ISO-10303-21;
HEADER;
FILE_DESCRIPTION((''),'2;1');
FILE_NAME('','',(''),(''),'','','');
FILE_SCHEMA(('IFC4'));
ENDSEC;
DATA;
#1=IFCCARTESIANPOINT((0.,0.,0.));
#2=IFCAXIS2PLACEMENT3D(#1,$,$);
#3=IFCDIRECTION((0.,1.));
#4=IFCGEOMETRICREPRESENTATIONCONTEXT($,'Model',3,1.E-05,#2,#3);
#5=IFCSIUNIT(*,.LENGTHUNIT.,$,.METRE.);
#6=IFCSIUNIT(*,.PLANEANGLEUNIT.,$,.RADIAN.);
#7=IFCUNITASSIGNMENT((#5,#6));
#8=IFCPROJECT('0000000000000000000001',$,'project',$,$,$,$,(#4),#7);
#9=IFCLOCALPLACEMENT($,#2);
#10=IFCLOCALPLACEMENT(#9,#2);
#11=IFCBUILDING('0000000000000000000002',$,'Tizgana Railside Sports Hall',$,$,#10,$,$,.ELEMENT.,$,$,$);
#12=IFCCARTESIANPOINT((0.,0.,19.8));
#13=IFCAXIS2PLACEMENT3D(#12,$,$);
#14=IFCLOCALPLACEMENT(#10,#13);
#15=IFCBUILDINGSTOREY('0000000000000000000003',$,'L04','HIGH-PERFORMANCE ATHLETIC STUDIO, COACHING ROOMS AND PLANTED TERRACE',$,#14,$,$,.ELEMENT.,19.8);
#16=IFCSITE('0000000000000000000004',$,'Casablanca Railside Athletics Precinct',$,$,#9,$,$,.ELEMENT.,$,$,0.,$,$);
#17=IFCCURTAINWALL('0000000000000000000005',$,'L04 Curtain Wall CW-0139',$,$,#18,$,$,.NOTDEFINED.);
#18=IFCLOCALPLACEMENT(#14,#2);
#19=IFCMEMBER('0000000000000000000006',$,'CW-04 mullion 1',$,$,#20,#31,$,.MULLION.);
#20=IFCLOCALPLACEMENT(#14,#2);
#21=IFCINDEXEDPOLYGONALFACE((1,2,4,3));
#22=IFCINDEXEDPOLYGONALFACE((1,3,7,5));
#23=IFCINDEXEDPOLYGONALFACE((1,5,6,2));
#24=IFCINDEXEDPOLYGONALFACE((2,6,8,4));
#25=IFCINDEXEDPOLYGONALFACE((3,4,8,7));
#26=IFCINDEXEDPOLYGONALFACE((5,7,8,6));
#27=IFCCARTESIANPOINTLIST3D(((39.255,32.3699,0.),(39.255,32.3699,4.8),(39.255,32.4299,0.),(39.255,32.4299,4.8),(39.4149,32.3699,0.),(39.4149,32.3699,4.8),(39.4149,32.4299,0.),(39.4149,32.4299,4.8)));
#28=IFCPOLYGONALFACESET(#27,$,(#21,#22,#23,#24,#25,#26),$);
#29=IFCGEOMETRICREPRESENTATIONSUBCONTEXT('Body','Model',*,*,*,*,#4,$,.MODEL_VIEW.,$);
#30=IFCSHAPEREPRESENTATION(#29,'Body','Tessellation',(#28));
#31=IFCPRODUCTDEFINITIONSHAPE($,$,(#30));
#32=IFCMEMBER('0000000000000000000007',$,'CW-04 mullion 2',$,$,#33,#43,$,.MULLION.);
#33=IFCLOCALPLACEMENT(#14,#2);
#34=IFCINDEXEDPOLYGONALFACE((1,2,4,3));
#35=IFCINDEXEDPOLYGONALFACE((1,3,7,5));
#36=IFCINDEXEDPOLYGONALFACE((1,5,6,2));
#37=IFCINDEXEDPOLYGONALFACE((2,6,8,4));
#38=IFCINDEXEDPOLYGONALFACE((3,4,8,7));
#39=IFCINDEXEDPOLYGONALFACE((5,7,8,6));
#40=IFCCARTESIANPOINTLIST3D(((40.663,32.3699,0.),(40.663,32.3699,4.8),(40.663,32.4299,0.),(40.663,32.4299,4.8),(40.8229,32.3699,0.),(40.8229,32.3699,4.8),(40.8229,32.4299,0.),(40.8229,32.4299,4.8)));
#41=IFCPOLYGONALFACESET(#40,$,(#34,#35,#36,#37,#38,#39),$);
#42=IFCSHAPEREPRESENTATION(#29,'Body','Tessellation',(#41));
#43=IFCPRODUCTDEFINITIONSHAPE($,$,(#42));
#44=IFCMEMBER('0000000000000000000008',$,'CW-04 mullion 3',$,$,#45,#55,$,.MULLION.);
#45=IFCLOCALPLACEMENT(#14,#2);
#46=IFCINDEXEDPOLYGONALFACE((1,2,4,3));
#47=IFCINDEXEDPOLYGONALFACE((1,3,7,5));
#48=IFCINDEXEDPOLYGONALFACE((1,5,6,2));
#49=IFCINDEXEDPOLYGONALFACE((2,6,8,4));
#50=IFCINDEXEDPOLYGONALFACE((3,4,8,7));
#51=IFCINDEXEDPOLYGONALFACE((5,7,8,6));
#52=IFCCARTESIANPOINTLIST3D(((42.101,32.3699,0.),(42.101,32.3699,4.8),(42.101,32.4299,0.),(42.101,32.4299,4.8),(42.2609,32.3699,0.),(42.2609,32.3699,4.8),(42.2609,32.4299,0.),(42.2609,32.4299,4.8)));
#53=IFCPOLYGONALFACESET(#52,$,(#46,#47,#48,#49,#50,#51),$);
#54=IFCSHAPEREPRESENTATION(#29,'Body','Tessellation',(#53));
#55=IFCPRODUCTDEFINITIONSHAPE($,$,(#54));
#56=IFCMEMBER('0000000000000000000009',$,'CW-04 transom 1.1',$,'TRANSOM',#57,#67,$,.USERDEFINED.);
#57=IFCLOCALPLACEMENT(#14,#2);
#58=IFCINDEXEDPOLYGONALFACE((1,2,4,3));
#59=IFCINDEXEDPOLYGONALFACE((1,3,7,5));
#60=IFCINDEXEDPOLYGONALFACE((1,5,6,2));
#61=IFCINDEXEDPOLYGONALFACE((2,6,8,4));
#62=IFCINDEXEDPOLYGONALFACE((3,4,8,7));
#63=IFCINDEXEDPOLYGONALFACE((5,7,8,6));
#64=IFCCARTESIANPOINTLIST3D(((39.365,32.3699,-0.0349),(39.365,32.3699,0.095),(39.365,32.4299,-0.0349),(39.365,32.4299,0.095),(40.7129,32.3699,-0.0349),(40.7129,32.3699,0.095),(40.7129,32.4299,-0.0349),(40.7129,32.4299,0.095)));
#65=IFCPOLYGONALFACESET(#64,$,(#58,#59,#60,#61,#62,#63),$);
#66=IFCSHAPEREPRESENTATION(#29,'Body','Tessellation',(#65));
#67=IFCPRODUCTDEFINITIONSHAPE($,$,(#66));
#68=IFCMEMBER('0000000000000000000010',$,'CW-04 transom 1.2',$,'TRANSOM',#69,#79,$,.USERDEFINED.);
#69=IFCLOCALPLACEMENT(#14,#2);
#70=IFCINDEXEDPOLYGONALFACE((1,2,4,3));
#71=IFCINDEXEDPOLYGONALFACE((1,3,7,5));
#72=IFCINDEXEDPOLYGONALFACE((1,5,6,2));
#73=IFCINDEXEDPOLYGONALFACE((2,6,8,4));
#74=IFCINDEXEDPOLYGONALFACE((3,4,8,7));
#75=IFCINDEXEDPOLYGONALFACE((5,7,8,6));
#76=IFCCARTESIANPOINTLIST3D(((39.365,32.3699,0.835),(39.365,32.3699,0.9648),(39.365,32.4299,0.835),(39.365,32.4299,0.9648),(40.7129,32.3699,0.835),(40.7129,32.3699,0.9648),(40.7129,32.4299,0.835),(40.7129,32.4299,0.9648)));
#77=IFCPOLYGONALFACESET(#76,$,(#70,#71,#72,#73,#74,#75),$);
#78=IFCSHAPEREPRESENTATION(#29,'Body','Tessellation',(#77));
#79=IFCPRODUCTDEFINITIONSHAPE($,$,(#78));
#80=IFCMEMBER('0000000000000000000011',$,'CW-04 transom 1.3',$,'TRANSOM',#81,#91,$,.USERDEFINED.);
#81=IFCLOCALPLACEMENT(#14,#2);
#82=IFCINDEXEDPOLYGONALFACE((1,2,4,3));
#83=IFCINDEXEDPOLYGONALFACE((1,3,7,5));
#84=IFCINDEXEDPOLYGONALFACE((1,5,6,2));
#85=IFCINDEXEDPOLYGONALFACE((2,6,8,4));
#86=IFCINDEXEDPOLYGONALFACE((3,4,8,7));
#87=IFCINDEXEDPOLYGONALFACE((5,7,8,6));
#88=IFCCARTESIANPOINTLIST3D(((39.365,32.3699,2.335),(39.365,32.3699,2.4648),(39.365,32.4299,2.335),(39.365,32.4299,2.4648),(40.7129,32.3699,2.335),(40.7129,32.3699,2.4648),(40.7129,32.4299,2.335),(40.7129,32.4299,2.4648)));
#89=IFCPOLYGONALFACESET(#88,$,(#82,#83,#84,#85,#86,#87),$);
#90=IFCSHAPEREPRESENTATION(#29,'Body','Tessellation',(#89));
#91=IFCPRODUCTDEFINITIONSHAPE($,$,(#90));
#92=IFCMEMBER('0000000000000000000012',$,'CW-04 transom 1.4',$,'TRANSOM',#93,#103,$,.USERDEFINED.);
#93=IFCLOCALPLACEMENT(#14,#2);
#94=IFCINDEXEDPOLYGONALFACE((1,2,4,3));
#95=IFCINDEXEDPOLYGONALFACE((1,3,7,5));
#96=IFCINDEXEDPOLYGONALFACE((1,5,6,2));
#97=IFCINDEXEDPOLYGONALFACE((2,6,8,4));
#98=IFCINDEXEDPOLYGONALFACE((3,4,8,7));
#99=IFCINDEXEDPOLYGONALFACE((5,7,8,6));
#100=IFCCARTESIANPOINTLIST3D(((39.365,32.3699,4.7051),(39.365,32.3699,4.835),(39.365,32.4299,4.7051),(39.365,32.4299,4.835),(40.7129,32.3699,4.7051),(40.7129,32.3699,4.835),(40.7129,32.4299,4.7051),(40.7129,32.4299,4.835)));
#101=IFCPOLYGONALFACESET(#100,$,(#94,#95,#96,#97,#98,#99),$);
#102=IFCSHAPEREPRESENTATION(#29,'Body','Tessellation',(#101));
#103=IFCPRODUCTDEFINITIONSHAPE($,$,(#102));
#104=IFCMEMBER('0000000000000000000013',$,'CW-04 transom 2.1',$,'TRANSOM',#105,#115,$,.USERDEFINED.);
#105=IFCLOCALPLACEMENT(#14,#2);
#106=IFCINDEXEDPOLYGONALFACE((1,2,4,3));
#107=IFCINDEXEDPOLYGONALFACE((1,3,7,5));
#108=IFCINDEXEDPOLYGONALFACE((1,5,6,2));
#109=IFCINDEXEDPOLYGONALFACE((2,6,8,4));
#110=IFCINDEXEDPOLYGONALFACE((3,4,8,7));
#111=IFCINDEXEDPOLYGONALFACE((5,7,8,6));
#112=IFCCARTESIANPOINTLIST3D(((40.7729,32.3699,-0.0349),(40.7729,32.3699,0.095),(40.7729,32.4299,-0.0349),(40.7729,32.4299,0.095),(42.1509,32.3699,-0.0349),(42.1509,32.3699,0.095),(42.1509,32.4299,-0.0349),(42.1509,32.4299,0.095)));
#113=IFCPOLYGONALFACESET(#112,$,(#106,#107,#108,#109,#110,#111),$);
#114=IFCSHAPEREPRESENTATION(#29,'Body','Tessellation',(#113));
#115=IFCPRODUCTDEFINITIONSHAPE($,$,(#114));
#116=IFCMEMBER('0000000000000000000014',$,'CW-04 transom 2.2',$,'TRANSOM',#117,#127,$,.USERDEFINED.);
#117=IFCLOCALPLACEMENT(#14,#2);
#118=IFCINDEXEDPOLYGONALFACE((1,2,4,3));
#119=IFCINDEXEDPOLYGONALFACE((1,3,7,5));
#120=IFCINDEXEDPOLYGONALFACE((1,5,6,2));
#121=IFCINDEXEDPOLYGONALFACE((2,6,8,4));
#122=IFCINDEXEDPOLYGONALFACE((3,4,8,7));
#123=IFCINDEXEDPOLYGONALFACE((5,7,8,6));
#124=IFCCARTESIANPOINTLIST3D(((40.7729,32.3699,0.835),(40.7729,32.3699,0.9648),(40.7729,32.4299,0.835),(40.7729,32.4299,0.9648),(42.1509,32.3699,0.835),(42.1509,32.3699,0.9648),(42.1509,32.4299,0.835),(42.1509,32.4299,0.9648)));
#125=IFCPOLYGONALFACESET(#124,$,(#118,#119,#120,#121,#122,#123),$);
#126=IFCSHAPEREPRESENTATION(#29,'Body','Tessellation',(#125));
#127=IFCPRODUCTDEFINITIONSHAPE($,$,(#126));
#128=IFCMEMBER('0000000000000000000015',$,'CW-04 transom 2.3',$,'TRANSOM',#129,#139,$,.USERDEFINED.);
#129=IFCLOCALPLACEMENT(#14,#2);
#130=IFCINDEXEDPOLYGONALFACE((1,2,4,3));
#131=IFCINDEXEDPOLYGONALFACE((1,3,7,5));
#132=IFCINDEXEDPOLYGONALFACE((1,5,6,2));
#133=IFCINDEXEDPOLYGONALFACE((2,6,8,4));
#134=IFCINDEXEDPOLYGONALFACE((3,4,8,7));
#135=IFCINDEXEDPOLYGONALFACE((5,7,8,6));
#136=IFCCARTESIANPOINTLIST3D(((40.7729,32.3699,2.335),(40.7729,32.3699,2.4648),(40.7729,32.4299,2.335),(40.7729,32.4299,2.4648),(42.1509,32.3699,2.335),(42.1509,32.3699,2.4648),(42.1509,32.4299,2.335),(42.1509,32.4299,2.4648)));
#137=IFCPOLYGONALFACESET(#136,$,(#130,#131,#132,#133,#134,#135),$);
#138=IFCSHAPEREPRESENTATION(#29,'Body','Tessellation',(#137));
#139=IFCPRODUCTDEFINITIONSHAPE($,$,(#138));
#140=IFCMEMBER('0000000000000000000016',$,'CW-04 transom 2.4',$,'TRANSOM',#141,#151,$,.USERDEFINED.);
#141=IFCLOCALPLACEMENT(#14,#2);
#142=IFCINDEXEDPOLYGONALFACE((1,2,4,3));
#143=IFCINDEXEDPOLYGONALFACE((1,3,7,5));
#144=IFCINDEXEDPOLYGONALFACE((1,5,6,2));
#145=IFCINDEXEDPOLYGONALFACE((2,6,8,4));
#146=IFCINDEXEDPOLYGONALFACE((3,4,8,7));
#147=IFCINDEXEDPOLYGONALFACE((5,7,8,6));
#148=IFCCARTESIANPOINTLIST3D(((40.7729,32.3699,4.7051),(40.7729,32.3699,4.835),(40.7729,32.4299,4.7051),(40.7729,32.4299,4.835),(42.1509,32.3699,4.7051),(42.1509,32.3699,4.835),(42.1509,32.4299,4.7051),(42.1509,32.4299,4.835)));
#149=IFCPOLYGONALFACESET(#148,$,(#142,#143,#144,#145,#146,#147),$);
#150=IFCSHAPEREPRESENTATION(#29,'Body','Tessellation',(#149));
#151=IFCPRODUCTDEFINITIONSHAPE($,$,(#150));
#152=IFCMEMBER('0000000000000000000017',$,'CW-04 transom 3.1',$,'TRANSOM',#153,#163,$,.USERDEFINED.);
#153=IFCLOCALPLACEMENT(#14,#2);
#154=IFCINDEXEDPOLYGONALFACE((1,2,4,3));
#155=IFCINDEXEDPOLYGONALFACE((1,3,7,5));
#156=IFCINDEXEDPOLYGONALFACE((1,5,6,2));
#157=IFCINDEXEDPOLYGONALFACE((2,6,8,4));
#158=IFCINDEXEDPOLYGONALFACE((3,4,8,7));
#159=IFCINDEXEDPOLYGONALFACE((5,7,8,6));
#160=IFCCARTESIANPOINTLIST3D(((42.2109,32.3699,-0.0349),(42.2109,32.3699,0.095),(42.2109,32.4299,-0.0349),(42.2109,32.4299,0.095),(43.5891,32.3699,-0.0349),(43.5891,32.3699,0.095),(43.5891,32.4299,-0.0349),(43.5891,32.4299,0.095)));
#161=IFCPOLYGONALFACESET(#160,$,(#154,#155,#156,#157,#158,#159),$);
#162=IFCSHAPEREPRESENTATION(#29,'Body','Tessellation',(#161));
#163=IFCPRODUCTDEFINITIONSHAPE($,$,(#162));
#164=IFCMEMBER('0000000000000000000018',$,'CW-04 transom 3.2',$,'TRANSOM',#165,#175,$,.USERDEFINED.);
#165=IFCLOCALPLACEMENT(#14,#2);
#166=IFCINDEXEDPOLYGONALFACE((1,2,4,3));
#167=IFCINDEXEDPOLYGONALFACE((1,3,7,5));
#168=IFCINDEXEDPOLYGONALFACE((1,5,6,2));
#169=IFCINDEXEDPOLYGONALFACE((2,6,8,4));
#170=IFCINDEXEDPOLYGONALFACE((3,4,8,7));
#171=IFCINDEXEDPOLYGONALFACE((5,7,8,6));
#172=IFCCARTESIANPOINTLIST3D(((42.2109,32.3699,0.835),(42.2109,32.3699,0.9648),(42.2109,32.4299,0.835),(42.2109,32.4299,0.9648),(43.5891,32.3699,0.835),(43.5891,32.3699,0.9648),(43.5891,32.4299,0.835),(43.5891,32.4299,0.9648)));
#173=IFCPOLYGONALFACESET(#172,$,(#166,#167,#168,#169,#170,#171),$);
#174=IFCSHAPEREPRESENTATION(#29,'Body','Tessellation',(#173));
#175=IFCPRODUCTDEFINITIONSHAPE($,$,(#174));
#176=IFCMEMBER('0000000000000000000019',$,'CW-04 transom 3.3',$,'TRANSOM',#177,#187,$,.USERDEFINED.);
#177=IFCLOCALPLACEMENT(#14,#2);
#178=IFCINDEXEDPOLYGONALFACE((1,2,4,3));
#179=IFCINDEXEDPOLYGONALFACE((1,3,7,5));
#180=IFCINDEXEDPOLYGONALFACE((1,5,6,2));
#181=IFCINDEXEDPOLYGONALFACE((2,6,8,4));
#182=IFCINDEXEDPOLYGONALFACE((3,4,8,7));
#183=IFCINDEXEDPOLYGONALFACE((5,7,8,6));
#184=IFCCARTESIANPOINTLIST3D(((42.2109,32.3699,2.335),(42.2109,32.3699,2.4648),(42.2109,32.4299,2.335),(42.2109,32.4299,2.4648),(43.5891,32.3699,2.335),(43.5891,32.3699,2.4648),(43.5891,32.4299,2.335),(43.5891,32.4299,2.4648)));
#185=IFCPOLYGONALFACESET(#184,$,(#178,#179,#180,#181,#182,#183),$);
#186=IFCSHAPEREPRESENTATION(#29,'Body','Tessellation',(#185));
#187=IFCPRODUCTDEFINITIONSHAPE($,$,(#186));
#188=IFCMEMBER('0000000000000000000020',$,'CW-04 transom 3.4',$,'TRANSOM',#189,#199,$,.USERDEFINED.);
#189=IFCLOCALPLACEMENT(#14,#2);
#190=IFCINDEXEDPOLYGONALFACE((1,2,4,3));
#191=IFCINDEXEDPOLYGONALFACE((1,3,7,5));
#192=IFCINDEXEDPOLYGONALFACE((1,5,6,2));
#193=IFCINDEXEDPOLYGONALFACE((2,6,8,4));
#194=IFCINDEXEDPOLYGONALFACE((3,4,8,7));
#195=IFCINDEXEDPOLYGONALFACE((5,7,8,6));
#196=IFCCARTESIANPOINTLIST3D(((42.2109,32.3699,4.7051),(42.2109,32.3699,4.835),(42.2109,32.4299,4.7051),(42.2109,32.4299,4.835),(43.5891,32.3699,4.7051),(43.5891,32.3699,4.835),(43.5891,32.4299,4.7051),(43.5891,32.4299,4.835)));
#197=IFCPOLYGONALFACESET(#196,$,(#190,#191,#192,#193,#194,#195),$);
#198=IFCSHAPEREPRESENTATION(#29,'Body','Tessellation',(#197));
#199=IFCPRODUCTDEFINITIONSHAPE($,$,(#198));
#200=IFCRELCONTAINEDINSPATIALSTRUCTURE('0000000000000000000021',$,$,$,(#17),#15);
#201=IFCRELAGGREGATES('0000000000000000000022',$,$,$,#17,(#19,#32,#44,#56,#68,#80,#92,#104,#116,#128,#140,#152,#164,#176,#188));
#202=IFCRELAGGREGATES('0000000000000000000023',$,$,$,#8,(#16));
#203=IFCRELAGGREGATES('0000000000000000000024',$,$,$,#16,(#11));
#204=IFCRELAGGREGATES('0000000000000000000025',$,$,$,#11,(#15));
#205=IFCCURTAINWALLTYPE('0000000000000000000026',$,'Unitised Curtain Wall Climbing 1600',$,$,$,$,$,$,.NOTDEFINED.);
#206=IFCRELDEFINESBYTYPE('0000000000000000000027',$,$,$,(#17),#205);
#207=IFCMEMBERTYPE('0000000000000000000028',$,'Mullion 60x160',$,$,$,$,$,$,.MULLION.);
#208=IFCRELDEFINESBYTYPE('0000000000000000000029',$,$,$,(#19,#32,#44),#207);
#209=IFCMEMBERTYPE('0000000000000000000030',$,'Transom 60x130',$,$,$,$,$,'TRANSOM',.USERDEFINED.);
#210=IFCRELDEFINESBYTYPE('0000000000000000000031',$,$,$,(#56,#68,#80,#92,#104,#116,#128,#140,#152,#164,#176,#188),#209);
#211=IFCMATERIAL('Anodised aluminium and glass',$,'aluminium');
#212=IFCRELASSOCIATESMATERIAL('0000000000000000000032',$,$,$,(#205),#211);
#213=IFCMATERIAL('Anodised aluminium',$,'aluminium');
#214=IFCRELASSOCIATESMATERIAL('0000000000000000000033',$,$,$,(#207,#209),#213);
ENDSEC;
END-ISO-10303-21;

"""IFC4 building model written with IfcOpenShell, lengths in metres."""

from ifc_helpers import new_model, si_unit, direction, frame, origin, origin_2d, place, context, subcontext, project, spatial, rectangle, extrude, material, material_profile, profile_set, type_object, element, aggregate, save


model = new_model("IFC4")

# Units and contexts
model_context = context("Model", 3, precision=1e-05, world=origin(), true_north=direction((0.0, 1.0)))
body_context = subcontext(model_context, "Body", "Model", "MODEL_VIEW")
ifc_project = project(units=[si_unit("LENGTHUNIT", "METRE"), si_unit("PLANEANGLEUNIT", "RADIAN")], contexts=[model_context])

# Site, building, storey
site_placement = place(None, origin())
site = spatial("IfcSite", under=ifc_project, at=site_placement, Name="Casablanca Railside Athletics Precinct", CompositionType="ELEMENT", RefElevation=0.0)
building_placement = place(site_placement, origin())
building = spatial("IfcBuilding", under=site, at=building_placement, Name="Tizgana Railside Sports Hall", CompositionType="ELEMENT")
storey_placement = place(building_placement, frame((0.0, 0.0, 19.8)))
storey = spatial("IfcBuildingStorey", under=building, at=storey_placement, Name="L04", Description="HIGH-PERFORMANCE ATHLETIC STUDIO, COACHING ROOMS AND PLANTED TERRACE", CompositionType="ELEMENT", Elevation=19.8)

# Curtain wall, members
ifc_material_1 = material(Name="Anodised aluminium and glass", Category="aluminium")
curtain_wall_type = type_object("IfcCurtainWallType", Name="Unitised Curtain Wall Climbing 1600", PredefinedType="NOTDEFINED", material=ifc_material_1)
curtain_wall_placement = place(storey_placement, origin())
curtain_wall = element("IfcCurtainWall", 1, at=curtain_wall_placement, inside=storey, type_object=curtain_wall_type, Name="L04 Curtain Wall CW-0139", PredefinedType="NOTDEFINED")
ifc_material_2 = material(Name="Anodised aluminium", Category="aluminium")
ifc_material_profile_1 = material_profile(ifc_material_2, rectangle(XDim=0.0601, YDim=0.1599, at=origin_2d()), Name="Mullion 60x160")
ifc_profile_set_1 = profile_set([ifc_material_profile_1], Name="Anodised aluminium")
member_type_1 = type_object("IfcMemberType", Name="Mullion 60x160", PredefinedType="MULLION", material=ifc_profile_set_1)
member_1_placement = place(storey_placement, frame((39.335, 32.3999, 0.0), z_axis=(0.0, 0.0, 1.0), x_axis=(0.0, 1.0, 0.0)))
member_1 = element("IfcMember", 2, at=member_1_placement, type_object=member_type_1, Name="CW-04 mullion 1", PredefinedType="MULLION", context=body_context, shape_type="SweptSolid", body=[
    extrude(rectangle(XDim=0.0601, YDim=0.1599, at=origin_2d()), origin(), (0.0, 0.0, 1.0), 4.8),
])
member_2_placement = place(storey_placement, frame((40.7429, 32.3999, 0.0), z_axis=(0.0, 0.0, 1.0), x_axis=(0.0, 1.0, 0.0)))
member_2 = element("IfcMember", 3, at=member_2_placement, type_object=member_type_1, Name="CW-04 mullion 2", PredefinedType="MULLION", context=body_context, shape_type="SweptSolid", body=[
    extrude(rectangle(XDim=0.0601, YDim=0.1599, at=origin_2d()), origin(), (0.0, 0.0, 1.0), 4.8),
])
member_3_placement = place(storey_placement, frame((42.1809, 32.3999, 0.0), z_axis=(0.0, 0.0, 1.0), x_axis=(0.0, 1.0, 0.0)))
member_3 = element("IfcMember", 4, at=member_3_placement, type_object=member_type_1, Name="CW-04 mullion 3", PredefinedType="MULLION", context=body_context, shape_type="SweptSolid", body=[
    extrude(rectangle(XDim=0.0601, YDim=0.1599, at=origin_2d()), origin(), (0.0, 0.0, 1.0), 4.8),
])
ifc_material_profile_2 = material_profile(ifc_material_2, rectangle(XDim=0.0601, YDim=0.1299, at=origin_2d()), Name="Transom 60x130")
ifc_profile_set_2 = profile_set([ifc_material_profile_2], Name="Anodised aluminium")
member_type_2 = type_object("IfcMemberType", Name="Transom 60x130", ElementType="TRANSOM", PredefinedType="USERDEFINED", material=ifc_profile_set_2)
member_4_placement = place(storey_placement, frame((39.365, 32.3999, 0.03), z_axis=(1.0, 0.0, 0.0), x_axis=(0.0, 1.0, 0.0)))
member_4 = element("IfcMember", 5, at=member_4_placement, type_object=member_type_2, Name="CW-04 transom 1.1", ObjectType="TRANSOM", PredefinedType="USERDEFINED", context=body_context, shape_type="SweptSolid", body=[
    extrude(rectangle(XDim=0.0601, YDim=0.1299, at=origin_2d()), origin(), (0.0, 0.0, 1.0), 1.3479),
])
member_5_placement = place(storey_placement, frame((39.365, 32.3999, 0.8999), z_axis=(1.0, 0.0, 0.0), x_axis=(0.0, 1.0, 0.0)))
member_5 = element("IfcMember", 6, at=member_5_placement, type_object=member_type_2, Name="CW-04 transom 1.2", ObjectType="TRANSOM", PredefinedType="USERDEFINED", context=body_context, shape_type="SweptSolid", body=[
    extrude(rectangle(XDim=0.0601, YDim=0.1299, at=origin_2d()), origin(), (0.0, 0.0, 1.0), 1.3479),
])
member_6_placement = place(storey_placement, frame((39.365, 32.3999, 2.3999), z_axis=(1.0, 0.0, 0.0), x_axis=(0.0, 1.0, 0.0)))
member_6 = element("IfcMember", 7, at=member_6_placement, type_object=member_type_2, Name="CW-04 transom 1.3", ObjectType="TRANSOM", PredefinedType="USERDEFINED", context=body_context, shape_type="SweptSolid", body=[
    extrude(rectangle(XDim=0.0601, YDim=0.1299, at=origin_2d()), origin(), (0.0, 0.0, 1.0), 1.3479),
])
member_7_placement = place(storey_placement, frame((39.365, 32.3999, 4.77), z_axis=(1.0, 0.0, 0.0), x_axis=(0.0, 1.0, 0.0)))
member_7 = element("IfcMember", 8, at=member_7_placement, type_object=member_type_2, Name="CW-04 transom 1.4", ObjectType="TRANSOM", PredefinedType="USERDEFINED", context=body_context, shape_type="SweptSolid", body=[
    extrude(rectangle(XDim=0.0601, YDim=0.1299, at=origin_2d()), origin(), (0.0, 0.0, 1.0), 1.3479),
])
member_8_placement = place(storey_placement, frame((40.7729, 32.3999, 0.03), z_axis=(1.0, 0.0, 0.0), x_axis=(0.0, 1.0, 0.0)))
member_8 = element("IfcMember", 9, at=member_8_placement, type_object=member_type_2, Name="CW-04 transom 2.1", ObjectType="TRANSOM", PredefinedType="USERDEFINED", context=body_context, shape_type="SweptSolid", body=[
    extrude(rectangle(XDim=0.0601, YDim=0.1299, at=origin_2d()), origin(), (0.0, 0.0, 1.0), 1.3779),
])
member_9_placement = place(storey_placement, frame((40.7729, 32.3999, 0.8999), z_axis=(1.0, 0.0, 0.0), x_axis=(0.0, 1.0, 0.0)))
member_9 = element("IfcMember", 10, at=member_9_placement, type_object=member_type_2, Name="CW-04 transom 2.2", ObjectType="TRANSOM", PredefinedType="USERDEFINED", context=body_context, shape_type="SweptSolid", body=[
    extrude(rectangle(XDim=0.0601, YDim=0.1299, at=origin_2d()), origin(), (0.0, 0.0, 1.0), 1.3779),
])
member_10_placement = place(storey_placement, frame((40.7729, 32.3999, 2.3999), z_axis=(1.0, 0.0, 0.0), x_axis=(0.0, 1.0, 0.0)))
member_10 = element("IfcMember", 11, at=member_10_placement, type_object=member_type_2, Name="CW-04 transom 2.3", ObjectType="TRANSOM", PredefinedType="USERDEFINED", context=body_context, shape_type="SweptSolid", body=[
    extrude(rectangle(XDim=0.0601, YDim=0.1299, at=origin_2d()), origin(), (0.0, 0.0, 1.0), 1.3779),
])
member_11_placement = place(storey_placement, frame((40.7729, 32.3999, 4.77), z_axis=(1.0, 0.0, 0.0), x_axis=(0.0, 1.0, 0.0)))
member_11 = element("IfcMember", 12, at=member_11_placement, type_object=member_type_2, Name="CW-04 transom 2.4", ObjectType="TRANSOM", PredefinedType="USERDEFINED", context=body_context, shape_type="SweptSolid", body=[
    extrude(rectangle(XDim=0.0601, YDim=0.1299, at=origin_2d()), origin(), (0.0, 0.0, 1.0), 1.3779),
])
member_12_placement = place(storey_placement, frame((42.2109, 32.3999, 0.03), z_axis=(1.0, 0.0, 0.0), x_axis=(0.0, 1.0, 0.0)))
member_12 = element("IfcMember", 13, at=member_12_placement, type_object=member_type_2, Name="CW-04 transom 3.1", ObjectType="TRANSOM", PredefinedType="USERDEFINED", context=body_context, shape_type="SweptSolid", body=[
    extrude(rectangle(XDim=0.0601, YDim=0.1299, at=origin_2d()), origin(), (0.0, 0.0, 1.0), 1.3782),
])
member_13_placement = place(storey_placement, frame((42.2109, 32.3999, 0.8999), z_axis=(1.0, 0.0, 0.0), x_axis=(0.0, 1.0, 0.0)))
member_13 = element("IfcMember", 14, at=member_13_placement, type_object=member_type_2, Name="CW-04 transom 3.2", ObjectType="TRANSOM", PredefinedType="USERDEFINED", context=body_context, shape_type="SweptSolid", body=[
    extrude(rectangle(XDim=0.0601, YDim=0.1299, at=origin_2d()), origin(), (0.0, 0.0, 1.0), 1.3782),
])
member_14_placement = place(storey_placement, frame((42.2109, 32.3999, 2.3999), z_axis=(1.0, 0.0, 0.0), x_axis=(0.0, 1.0, 0.0)))
member_14 = element("IfcMember", 15, at=member_14_placement, type_object=member_type_2, Name="CW-04 transom 3.3", ObjectType="TRANSOM", PredefinedType="USERDEFINED", context=body_context, shape_type="SweptSolid", body=[
    extrude(rectangle(XDim=0.0601, YDim=0.1299, at=origin_2d()), origin(), (0.0, 0.0, 1.0), 1.3782),
])
member_15_placement = place(storey_placement, frame((42.2109, 32.3999, 4.77), z_axis=(1.0, 0.0, 0.0), x_axis=(0.0, 1.0, 0.0)))
member_15 = element("IfcMember", 16, at=member_15_placement, type_object=member_type_2, Name="CW-04 transom 3.4", ObjectType="TRANSOM", PredefinedType="USERDEFINED", context=body_context, shape_type="SweptSolid", body=[
    extrude(rectangle(XDim=0.0601, YDim=0.1299, at=origin_2d()), origin(), (0.0, 0.0, 1.0), 1.3782),
])
aggregate(curtain_wall, [member_1, member_2, member_3, member_4, member_5, member_6, member_7, member_8, member_9, member_10, member_11, member_12, member_13, member_14, member_15])

save(model, "model.ifc")
